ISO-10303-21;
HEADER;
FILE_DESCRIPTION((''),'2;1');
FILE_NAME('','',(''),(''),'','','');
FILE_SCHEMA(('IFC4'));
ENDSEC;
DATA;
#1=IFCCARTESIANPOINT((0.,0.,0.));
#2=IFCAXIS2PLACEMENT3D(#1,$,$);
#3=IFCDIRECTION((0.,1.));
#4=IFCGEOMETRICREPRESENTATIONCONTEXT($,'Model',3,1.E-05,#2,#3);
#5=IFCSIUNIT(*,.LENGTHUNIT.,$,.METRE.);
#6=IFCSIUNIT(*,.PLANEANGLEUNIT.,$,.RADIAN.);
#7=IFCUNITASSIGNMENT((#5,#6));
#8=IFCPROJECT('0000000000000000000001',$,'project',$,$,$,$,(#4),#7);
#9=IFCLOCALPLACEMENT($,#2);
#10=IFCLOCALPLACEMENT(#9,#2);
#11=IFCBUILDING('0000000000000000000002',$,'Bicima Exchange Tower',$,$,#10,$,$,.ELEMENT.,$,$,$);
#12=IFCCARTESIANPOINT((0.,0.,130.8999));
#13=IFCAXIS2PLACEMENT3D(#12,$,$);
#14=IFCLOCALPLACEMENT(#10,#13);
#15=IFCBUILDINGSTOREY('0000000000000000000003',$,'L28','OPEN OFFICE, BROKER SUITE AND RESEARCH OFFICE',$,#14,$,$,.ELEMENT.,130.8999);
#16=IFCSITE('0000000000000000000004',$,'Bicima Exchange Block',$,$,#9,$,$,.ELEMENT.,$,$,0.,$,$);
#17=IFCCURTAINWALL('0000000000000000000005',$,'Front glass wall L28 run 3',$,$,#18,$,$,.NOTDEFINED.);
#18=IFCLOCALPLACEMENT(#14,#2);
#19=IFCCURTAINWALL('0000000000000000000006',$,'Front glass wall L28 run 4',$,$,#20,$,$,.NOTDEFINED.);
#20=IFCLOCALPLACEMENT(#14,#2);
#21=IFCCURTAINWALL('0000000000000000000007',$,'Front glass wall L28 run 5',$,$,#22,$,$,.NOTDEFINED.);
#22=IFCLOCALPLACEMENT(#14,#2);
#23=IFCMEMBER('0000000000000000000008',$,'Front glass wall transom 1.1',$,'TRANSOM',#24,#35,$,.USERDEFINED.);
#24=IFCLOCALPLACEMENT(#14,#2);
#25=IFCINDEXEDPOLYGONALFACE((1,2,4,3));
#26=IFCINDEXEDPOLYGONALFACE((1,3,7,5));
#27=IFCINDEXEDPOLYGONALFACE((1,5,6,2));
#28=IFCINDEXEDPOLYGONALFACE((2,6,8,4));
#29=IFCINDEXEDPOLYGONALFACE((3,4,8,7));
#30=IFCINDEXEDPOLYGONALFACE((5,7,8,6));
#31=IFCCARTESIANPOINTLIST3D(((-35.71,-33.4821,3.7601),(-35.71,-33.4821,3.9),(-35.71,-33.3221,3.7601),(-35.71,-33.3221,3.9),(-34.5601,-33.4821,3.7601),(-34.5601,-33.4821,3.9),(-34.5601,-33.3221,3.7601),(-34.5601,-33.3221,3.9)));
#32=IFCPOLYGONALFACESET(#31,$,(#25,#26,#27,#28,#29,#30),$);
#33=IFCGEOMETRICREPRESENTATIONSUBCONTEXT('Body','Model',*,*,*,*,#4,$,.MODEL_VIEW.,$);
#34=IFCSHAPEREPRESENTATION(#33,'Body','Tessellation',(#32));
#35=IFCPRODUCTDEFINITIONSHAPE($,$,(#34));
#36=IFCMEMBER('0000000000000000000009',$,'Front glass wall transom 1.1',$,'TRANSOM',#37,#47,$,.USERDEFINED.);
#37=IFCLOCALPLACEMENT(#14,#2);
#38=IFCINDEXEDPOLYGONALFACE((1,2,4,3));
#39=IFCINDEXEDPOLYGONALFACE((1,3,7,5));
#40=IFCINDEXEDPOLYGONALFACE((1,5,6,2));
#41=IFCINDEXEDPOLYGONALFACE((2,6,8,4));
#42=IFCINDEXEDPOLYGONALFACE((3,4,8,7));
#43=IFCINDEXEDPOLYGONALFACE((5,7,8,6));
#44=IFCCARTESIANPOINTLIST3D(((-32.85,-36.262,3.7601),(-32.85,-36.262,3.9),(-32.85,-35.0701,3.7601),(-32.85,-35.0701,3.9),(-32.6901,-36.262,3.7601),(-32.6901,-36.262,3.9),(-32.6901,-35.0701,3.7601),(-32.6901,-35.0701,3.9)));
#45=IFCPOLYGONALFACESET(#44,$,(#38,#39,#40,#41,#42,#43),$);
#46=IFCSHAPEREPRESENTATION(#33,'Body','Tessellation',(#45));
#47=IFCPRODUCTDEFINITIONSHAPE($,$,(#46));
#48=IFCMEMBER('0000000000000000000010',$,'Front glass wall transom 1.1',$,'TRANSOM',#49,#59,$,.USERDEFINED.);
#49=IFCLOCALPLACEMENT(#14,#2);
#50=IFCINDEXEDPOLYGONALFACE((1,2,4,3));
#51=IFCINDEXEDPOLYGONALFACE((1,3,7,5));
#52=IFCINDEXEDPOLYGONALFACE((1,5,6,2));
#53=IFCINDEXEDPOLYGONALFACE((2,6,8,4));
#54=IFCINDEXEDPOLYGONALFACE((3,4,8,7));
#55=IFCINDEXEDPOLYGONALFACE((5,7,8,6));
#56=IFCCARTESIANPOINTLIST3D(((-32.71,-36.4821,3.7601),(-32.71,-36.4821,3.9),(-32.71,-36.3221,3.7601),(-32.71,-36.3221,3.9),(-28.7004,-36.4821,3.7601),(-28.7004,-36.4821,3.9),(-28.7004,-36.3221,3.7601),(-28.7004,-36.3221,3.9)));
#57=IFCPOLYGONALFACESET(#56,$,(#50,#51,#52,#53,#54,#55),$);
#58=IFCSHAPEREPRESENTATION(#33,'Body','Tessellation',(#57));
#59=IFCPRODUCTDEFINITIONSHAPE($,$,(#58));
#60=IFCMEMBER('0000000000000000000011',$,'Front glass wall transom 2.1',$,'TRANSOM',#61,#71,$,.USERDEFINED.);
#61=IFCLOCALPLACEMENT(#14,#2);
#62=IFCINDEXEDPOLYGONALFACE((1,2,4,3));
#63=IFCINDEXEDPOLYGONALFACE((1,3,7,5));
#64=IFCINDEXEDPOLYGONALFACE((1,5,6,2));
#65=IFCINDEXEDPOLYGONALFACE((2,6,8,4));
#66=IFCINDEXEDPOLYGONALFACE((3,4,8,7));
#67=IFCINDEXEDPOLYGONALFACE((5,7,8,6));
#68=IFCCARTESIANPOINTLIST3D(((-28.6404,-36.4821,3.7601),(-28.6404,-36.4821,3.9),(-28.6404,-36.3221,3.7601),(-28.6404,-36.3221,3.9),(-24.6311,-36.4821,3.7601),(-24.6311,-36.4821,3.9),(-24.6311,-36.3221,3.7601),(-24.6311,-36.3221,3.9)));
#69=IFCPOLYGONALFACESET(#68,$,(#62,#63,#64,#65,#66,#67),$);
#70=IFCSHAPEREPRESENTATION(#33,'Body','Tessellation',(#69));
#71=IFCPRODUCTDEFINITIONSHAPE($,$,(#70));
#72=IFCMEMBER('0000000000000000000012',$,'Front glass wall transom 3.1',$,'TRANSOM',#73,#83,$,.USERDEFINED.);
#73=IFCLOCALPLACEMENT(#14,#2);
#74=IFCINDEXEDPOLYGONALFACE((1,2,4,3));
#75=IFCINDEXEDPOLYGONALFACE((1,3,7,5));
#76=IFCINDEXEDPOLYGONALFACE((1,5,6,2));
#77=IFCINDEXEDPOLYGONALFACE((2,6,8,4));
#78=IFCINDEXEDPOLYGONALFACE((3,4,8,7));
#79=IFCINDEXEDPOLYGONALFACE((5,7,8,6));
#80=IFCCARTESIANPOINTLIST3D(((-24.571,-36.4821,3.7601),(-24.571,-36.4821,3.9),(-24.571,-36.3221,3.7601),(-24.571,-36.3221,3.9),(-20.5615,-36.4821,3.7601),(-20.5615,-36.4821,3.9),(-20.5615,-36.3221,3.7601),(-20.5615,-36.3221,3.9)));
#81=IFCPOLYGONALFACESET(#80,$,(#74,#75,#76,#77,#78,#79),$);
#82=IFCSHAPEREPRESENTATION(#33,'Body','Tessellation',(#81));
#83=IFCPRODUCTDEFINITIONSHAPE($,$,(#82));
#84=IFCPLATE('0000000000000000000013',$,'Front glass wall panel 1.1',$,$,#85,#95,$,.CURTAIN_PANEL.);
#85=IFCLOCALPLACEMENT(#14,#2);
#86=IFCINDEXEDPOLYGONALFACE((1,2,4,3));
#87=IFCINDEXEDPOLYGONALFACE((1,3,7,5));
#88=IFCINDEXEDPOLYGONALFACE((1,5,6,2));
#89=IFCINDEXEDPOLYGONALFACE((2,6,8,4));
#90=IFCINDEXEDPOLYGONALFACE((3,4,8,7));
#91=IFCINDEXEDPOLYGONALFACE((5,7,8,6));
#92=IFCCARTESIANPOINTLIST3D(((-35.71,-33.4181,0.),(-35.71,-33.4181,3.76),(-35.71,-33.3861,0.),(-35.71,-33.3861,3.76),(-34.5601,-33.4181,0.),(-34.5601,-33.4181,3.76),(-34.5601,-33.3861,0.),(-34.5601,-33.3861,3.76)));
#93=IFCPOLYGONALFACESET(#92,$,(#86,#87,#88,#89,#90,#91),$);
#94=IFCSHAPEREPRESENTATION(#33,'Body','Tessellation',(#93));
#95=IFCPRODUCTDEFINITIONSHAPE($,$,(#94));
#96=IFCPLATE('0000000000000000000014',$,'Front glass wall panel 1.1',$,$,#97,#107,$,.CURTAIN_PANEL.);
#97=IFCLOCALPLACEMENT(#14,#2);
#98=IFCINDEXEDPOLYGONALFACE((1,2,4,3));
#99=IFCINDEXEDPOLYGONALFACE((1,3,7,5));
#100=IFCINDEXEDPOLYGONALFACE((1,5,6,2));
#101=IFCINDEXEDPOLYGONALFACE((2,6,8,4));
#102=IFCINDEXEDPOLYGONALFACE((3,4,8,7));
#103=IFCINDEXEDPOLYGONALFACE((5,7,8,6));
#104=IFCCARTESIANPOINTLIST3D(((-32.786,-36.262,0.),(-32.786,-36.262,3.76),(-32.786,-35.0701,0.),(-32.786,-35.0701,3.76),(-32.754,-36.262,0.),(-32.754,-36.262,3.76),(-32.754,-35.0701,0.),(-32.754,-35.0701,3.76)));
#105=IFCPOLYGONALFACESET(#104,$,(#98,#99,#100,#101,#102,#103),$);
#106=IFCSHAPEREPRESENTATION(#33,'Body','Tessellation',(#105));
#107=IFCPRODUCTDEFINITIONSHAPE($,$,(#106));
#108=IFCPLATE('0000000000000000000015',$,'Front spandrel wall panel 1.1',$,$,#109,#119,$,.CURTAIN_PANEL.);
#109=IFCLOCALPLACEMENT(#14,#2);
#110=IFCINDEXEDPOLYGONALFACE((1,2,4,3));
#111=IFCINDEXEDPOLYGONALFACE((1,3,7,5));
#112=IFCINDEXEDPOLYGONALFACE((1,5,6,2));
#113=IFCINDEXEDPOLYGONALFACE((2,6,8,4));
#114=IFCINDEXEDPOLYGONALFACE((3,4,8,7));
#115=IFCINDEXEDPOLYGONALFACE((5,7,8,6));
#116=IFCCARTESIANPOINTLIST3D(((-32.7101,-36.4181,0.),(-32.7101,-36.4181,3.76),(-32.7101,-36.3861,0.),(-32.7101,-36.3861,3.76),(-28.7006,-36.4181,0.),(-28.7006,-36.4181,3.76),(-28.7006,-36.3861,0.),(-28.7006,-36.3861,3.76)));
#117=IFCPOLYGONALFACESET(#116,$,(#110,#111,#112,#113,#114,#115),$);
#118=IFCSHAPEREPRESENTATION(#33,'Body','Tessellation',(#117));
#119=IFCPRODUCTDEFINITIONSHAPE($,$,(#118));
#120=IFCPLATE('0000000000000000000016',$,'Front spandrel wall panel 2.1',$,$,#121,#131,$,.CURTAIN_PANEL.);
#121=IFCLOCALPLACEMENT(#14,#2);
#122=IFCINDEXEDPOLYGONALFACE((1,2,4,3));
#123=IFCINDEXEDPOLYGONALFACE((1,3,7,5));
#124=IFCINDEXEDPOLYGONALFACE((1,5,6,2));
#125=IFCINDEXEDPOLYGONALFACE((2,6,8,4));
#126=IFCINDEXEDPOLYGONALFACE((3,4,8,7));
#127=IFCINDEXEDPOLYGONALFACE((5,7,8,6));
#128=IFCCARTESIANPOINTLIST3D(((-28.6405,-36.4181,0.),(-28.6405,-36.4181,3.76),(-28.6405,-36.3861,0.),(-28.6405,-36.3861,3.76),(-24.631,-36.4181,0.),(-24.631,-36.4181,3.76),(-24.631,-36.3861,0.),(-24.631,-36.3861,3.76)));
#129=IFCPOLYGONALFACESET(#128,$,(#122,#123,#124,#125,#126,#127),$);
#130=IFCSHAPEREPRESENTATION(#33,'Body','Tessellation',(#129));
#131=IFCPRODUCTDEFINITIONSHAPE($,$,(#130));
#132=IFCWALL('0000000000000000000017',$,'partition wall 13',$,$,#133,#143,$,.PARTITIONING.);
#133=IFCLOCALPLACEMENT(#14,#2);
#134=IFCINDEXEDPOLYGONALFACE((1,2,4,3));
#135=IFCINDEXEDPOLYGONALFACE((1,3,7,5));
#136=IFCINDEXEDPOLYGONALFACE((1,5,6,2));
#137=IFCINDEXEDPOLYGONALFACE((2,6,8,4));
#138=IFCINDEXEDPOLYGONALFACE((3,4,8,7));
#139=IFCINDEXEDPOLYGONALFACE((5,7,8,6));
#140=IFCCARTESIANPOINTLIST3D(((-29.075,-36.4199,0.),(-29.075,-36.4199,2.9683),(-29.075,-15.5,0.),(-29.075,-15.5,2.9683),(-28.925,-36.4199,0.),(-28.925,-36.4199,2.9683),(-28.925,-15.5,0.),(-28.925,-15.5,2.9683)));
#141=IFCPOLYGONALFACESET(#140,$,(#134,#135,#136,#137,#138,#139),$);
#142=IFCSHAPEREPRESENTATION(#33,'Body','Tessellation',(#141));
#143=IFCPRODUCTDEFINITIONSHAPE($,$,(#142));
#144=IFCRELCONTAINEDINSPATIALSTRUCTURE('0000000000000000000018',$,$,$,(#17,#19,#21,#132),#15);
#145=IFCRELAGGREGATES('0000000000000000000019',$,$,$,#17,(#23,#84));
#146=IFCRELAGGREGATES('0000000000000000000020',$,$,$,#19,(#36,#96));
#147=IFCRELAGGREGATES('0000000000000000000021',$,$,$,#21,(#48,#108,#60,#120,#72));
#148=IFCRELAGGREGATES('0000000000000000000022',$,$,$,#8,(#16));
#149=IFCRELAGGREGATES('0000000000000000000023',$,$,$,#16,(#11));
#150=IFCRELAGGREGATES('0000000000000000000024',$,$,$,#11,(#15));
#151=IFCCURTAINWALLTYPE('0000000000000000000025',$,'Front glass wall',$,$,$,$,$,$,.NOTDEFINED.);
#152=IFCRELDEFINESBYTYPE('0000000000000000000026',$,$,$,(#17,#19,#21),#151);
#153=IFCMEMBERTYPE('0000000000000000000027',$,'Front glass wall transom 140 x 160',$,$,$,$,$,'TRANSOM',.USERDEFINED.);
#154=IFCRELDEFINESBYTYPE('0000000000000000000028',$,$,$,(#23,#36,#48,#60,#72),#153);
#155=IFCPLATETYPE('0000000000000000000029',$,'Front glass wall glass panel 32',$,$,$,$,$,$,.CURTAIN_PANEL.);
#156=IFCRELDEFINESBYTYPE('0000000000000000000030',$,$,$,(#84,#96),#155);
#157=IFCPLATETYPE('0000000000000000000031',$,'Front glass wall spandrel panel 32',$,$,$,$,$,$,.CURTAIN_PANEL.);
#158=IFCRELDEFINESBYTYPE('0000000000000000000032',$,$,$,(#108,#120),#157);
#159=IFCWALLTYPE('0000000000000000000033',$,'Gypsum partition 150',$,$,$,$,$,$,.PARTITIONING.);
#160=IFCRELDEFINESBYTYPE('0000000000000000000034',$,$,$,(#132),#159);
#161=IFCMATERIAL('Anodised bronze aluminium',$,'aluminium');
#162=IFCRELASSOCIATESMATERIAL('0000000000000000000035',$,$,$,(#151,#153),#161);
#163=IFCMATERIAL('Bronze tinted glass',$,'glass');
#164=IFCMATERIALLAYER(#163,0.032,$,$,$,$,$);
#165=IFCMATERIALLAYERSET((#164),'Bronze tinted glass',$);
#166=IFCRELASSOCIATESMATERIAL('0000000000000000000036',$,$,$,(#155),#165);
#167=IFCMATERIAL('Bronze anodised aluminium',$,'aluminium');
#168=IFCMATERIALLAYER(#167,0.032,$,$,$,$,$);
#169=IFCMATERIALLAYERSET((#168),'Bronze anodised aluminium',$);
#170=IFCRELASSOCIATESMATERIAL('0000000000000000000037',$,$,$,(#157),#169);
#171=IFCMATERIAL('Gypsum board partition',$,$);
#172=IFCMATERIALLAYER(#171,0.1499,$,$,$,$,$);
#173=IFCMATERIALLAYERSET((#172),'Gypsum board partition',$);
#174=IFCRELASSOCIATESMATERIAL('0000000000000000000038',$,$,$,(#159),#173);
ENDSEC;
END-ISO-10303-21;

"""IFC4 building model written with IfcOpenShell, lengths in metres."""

from ifc_helpers import new_model, si_unit, direction, frame, frame_2d, origin, origin_2d, place, context, subcontext, project, spatial, rectangle, extrude, material, layer, layer_set, material_profile, profile_set, type_object, element, aggregate, save


model = new_model("IFC4")

# Units and contexts
model_context = context("Model", 3, precision=1e-05, world=origin(), true_north=direction((0.0, 1.0)))
body_context = subcontext(model_context, "Body", "Model", "MODEL_VIEW")
ifc_project = project(units=[si_unit("LENGTHUNIT", "METRE"), si_unit("PLANEANGLEUNIT", "RADIAN")], contexts=[model_context])

# Site, building, storey
site_placement = place(None, origin())
site = spatial("IfcSite", under=ifc_project, at=site_placement, Name="Bicima Exchange Block", CompositionType="ELEMENT", RefElevation=0.0)
building_placement = place(site_placement, origin())
building = spatial("IfcBuilding", under=site, at=building_placement, Name="Bicima Exchange Tower", CompositionType="ELEMENT")
storey_placement = place(building_placement, frame((0.0, 0.0, 130.8999)))
storey = spatial("IfcBuildingStorey", under=building, at=storey_placement, Name="L28", Description="OPEN OFFICE, BROKER SUITE AND RESEARCH OFFICE", CompositionType="ELEMENT", Elevation=130.8999)

# Curtain wall
ifc_material_1 = material(Name="Anodised bronze aluminium", Category="aluminium")
curtain_wall_type = type_object("IfcCurtainWallType", Name="Front glass wall", PredefinedType="NOTDEFINED", material=ifc_material_1)
curtain_wall_1_placement = place(storey_placement, origin())
curtain_wall_1 = element("IfcCurtainWall", 1, at=curtain_wall_1_placement, inside=storey, type_object=curtain_wall_type, Name="Front glass wall L28 run 3", PredefinedType="NOTDEFINED")

# Curtain walls
curtain_wall_2_placement = place(storey_placement, origin())
curtain_wall_2 = element("IfcCurtainWall", 2, at=curtain_wall_2_placement, inside=storey, type_object=curtain_wall_type, Name="Front glass wall L28 run 4", PredefinedType="NOTDEFINED")
curtain_wall_3_placement = place(storey_placement, origin())
curtain_wall_3 = element("IfcCurtainWall", 3, at=curtain_wall_3_placement, inside=storey, type_object=curtain_wall_type, Name="Front glass wall L28 run 5", PredefinedType="NOTDEFINED")

# Members
ifc_material_profile_1 = material_profile(ifc_material_1, rectangle(XDim=0.1599, YDim=0.1399, at=origin_2d()))
ifc_profile_set_1 = profile_set([ifc_material_profile_1], Name="Anodised bronze aluminium")
member_type_1 = type_object("IfcMemberType", Name="Front glass wall transom 140 x 160", ElementType="TRANSOM", PredefinedType="USERDEFINED", material=ifc_profile_set_1)
member_1_placement = place(storey_placement, frame((-35.71, -33.4021, 3.8301), z_axis=(1.0, 0.0, 0.0), x_axis=(0.0, 1.0, 0.0)))
member_1 = element("IfcMember", 4, at=member_1_placement, type_object=member_type_1, Name="Front glass wall transom 1.1", ObjectType="TRANSOM", PredefinedType="USERDEFINED", context=body_context, shape_type="SweptSolid", body=[
    extrude(rectangle(XDim=0.1599, YDim=0.1399, at=origin_2d()), origin(), (0.0, 0.0, 1.0), 1.1499),
])
member_2_placement = place(storey_placement, frame((-32.77, -35.0701, 3.8301), z_axis=(0.0, -1.0, 0.0), x_axis=(1.0, 0.0, 0.0)))
member_2 = element("IfcMember", 5, at=member_2_placement, type_object=member_type_1, Name="Front glass wall transom 1.1", ObjectType="TRANSOM", PredefinedType="USERDEFINED", context=body_context, shape_type="SweptSolid", body=[
    extrude(rectangle(XDim=0.1599, YDim=0.1399, at=origin_2d()), origin(), (0.0, 0.0, 1.0), 1.1919),
])
member_3_placement = place(storey_placement, frame((-32.71, -36.4021, 3.8301), z_axis=(1.0, 0.0, 0.0), x_axis=(0.0, 1.0, 0.0)))
member_3 = element("IfcMember", 6, at=member_3_placement, type_object=member_type_1, Name="Front glass wall transom 1.1", ObjectType="TRANSOM", PredefinedType="USERDEFINED", context=body_context, shape_type="SweptSolid", body=[
    extrude(rectangle(XDim=0.1599, YDim=0.1399, at=origin_2d()), origin(), (0.0, 0.0, 1.0), 4.0095),
])
member_4_placement = place(storey_placement, frame((-28.6404, -36.4021, 3.8301), z_axis=(1.0, 0.0, 0.0), x_axis=(0.0, 1.0, 0.0)))
member_4 = element("IfcMember", 7, at=member_4_placement, type_object=member_type_1, Name="Front glass wall transom 2.1", ObjectType="TRANSOM", PredefinedType="USERDEFINED", context=body_context, shape_type="SweptSolid", body=[
    extrude(rectangle(XDim=0.1599, YDim=0.1399, at=origin_2d()), origin(), (0.0, 0.0, 1.0), 4.0093),
])
member_5_placement = place(storey_placement, frame((-24.571, -36.4021, 3.8301), z_axis=(1.0, 0.0, 0.0), x_axis=(0.0, 1.0, 0.0)))
member_5 = element("IfcMember", 8, at=member_5_placement, type_object=member_type_1, Name="Front glass wall transom 3.1", ObjectType="TRANSOM", PredefinedType="USERDEFINED", context=body_context, shape_type="SweptSolid", body=[
    extrude(rectangle(XDim=0.1599, YDim=0.1399, at=origin_2d()), origin(), (0.0, 0.0, 1.0), 4.0095),
])

# Plates
ifc_material_2 = material(Name="Bronze tinted glass", Category="glass")
ifc_layer_1 = layer(ifc_material_2, 0.032)
ifc_layer_set_1 = layer_set([ifc_layer_1], Name="Bronze tinted glass")
plate_type_1 = type_object("IfcPlateType", Name="Front glass wall glass panel 32", PredefinedType="CURTAIN_PANEL", material=ifc_layer_set_1)
plate_1_placement = place(storey_placement, frame((-35.135, -33.4021, 0.0), z_axis=(0.0, 0.0, 1.0), x_axis=(1.0, 0.0, 0.0)))
plate_1 = element("IfcPlate", 9, at=plate_1_placement, type_object=plate_type_1, Name="Front glass wall panel 1.1", PredefinedType="CURTAIN_PANEL", context=body_context, shape_type="SweptSolid", body=[
    extrude(rectangle(XDim=1.1499, YDim=0.032, at=origin_2d()), origin(), (0.0, 0.0, 1.0), 3.76),
])
aggregate(curtain_wall_1, [member_1, plate_1])
plate_2_placement = place(storey_placement, frame((-32.77, -35.666, 0.0), z_axis=(0.0, 0.0, 1.0), x_axis=(0.0, -1.0, 0.0)))
plate_2 = element("IfcPlate", 10, at=plate_2_placement, type_object=plate_type_1, Name="Front glass wall panel 1.1", PredefinedType="CURTAIN_PANEL", context=body_context, shape_type="SweptSolid", body=[
    extrude(rectangle(XDim=1.1919, YDim=0.032, at=origin_2d()), origin(), (0.0, 0.0, 1.0), 3.76),
])
aggregate(curtain_wall_2, [member_2, plate_2])
ifc_material_3 = material(Name="Bronze anodised aluminium", Category="aluminium")
ifc_layer_2 = layer(ifc_material_3, 0.032)
ifc_layer_set_2 = layer_set([ifc_layer_2], Name="Bronze anodised aluminium")
plate_type_2 = type_object("IfcPlateType", Name="Front glass wall spandrel panel 32", PredefinedType="CURTAIN_PANEL", material=ifc_layer_set_2)
plate_3_placement = place(storey_placement, frame((-30.7053, -36.4021, 0.0), z_axis=(0.0, 0.0, 1.0), x_axis=(1.0, 0.0, 0.0)))
plate_3 = element("IfcPlate", 11, at=plate_3_placement, type_object=plate_type_2, Name="Front spandrel wall panel 1.1", PredefinedType="CURTAIN_PANEL", context=body_context, shape_type="SweptSolid", body=[
    extrude(rectangle(XDim=4.0095, YDim=0.032, at=origin_2d()), origin(), (0.0, 0.0, 1.0), 3.76),
])
plate_4_placement = place(storey_placement, frame((-26.6357, -36.4021, 0.0), z_axis=(0.0, 0.0, 1.0), x_axis=(1.0, 0.0, 0.0)))
plate_4 = element("IfcPlate", 12, at=plate_4_placement, type_object=plate_type_2, Name="Front spandrel wall panel 2.1", PredefinedType="CURTAIN_PANEL", context=body_context, shape_type="SweptSolid", body=[
    extrude(rectangle(XDim=4.0095, YDim=0.032, at=origin_2d()), origin(), (0.0, 0.0, 1.0), 3.76),
])
aggregate(curtain_wall_3, [member_3, plate_3, member_4, plate_4, member_5])

# Wall
ifc_material_4 = material(Name="Gypsum board partition")
ifc_layer_3 = layer(ifc_material_4, 0.1499)
ifc_layer_set_3 = layer_set([ifc_layer_3], Name="Gypsum board partition")
wall_type = type_object("IfcWallType", Name="Gypsum partition 150", PredefinedType="PARTITIONING", material=ifc_layer_set_3)
wall_placement = place(storey_placement, frame((-29.0, -36.4199, 0.0), z_axis=(0.0, 0.0, 1.0), x_axis=(0.0, 1.0, 0.0)))
element("IfcWall", 13, at=wall_placement, inside=storey, type_object=wall_type, Name="partition wall 13", PredefinedType="PARTITIONING", context=body_context, shape_type="SweptSolid", body=[
    extrude(rectangle(XDim=20.9199, YDim=0.1499, at=frame_2d((10.46, 0.0))), origin(), (0.0, 0.0, 1.0), 2.9683),
])

save(model, "model.ifc")
